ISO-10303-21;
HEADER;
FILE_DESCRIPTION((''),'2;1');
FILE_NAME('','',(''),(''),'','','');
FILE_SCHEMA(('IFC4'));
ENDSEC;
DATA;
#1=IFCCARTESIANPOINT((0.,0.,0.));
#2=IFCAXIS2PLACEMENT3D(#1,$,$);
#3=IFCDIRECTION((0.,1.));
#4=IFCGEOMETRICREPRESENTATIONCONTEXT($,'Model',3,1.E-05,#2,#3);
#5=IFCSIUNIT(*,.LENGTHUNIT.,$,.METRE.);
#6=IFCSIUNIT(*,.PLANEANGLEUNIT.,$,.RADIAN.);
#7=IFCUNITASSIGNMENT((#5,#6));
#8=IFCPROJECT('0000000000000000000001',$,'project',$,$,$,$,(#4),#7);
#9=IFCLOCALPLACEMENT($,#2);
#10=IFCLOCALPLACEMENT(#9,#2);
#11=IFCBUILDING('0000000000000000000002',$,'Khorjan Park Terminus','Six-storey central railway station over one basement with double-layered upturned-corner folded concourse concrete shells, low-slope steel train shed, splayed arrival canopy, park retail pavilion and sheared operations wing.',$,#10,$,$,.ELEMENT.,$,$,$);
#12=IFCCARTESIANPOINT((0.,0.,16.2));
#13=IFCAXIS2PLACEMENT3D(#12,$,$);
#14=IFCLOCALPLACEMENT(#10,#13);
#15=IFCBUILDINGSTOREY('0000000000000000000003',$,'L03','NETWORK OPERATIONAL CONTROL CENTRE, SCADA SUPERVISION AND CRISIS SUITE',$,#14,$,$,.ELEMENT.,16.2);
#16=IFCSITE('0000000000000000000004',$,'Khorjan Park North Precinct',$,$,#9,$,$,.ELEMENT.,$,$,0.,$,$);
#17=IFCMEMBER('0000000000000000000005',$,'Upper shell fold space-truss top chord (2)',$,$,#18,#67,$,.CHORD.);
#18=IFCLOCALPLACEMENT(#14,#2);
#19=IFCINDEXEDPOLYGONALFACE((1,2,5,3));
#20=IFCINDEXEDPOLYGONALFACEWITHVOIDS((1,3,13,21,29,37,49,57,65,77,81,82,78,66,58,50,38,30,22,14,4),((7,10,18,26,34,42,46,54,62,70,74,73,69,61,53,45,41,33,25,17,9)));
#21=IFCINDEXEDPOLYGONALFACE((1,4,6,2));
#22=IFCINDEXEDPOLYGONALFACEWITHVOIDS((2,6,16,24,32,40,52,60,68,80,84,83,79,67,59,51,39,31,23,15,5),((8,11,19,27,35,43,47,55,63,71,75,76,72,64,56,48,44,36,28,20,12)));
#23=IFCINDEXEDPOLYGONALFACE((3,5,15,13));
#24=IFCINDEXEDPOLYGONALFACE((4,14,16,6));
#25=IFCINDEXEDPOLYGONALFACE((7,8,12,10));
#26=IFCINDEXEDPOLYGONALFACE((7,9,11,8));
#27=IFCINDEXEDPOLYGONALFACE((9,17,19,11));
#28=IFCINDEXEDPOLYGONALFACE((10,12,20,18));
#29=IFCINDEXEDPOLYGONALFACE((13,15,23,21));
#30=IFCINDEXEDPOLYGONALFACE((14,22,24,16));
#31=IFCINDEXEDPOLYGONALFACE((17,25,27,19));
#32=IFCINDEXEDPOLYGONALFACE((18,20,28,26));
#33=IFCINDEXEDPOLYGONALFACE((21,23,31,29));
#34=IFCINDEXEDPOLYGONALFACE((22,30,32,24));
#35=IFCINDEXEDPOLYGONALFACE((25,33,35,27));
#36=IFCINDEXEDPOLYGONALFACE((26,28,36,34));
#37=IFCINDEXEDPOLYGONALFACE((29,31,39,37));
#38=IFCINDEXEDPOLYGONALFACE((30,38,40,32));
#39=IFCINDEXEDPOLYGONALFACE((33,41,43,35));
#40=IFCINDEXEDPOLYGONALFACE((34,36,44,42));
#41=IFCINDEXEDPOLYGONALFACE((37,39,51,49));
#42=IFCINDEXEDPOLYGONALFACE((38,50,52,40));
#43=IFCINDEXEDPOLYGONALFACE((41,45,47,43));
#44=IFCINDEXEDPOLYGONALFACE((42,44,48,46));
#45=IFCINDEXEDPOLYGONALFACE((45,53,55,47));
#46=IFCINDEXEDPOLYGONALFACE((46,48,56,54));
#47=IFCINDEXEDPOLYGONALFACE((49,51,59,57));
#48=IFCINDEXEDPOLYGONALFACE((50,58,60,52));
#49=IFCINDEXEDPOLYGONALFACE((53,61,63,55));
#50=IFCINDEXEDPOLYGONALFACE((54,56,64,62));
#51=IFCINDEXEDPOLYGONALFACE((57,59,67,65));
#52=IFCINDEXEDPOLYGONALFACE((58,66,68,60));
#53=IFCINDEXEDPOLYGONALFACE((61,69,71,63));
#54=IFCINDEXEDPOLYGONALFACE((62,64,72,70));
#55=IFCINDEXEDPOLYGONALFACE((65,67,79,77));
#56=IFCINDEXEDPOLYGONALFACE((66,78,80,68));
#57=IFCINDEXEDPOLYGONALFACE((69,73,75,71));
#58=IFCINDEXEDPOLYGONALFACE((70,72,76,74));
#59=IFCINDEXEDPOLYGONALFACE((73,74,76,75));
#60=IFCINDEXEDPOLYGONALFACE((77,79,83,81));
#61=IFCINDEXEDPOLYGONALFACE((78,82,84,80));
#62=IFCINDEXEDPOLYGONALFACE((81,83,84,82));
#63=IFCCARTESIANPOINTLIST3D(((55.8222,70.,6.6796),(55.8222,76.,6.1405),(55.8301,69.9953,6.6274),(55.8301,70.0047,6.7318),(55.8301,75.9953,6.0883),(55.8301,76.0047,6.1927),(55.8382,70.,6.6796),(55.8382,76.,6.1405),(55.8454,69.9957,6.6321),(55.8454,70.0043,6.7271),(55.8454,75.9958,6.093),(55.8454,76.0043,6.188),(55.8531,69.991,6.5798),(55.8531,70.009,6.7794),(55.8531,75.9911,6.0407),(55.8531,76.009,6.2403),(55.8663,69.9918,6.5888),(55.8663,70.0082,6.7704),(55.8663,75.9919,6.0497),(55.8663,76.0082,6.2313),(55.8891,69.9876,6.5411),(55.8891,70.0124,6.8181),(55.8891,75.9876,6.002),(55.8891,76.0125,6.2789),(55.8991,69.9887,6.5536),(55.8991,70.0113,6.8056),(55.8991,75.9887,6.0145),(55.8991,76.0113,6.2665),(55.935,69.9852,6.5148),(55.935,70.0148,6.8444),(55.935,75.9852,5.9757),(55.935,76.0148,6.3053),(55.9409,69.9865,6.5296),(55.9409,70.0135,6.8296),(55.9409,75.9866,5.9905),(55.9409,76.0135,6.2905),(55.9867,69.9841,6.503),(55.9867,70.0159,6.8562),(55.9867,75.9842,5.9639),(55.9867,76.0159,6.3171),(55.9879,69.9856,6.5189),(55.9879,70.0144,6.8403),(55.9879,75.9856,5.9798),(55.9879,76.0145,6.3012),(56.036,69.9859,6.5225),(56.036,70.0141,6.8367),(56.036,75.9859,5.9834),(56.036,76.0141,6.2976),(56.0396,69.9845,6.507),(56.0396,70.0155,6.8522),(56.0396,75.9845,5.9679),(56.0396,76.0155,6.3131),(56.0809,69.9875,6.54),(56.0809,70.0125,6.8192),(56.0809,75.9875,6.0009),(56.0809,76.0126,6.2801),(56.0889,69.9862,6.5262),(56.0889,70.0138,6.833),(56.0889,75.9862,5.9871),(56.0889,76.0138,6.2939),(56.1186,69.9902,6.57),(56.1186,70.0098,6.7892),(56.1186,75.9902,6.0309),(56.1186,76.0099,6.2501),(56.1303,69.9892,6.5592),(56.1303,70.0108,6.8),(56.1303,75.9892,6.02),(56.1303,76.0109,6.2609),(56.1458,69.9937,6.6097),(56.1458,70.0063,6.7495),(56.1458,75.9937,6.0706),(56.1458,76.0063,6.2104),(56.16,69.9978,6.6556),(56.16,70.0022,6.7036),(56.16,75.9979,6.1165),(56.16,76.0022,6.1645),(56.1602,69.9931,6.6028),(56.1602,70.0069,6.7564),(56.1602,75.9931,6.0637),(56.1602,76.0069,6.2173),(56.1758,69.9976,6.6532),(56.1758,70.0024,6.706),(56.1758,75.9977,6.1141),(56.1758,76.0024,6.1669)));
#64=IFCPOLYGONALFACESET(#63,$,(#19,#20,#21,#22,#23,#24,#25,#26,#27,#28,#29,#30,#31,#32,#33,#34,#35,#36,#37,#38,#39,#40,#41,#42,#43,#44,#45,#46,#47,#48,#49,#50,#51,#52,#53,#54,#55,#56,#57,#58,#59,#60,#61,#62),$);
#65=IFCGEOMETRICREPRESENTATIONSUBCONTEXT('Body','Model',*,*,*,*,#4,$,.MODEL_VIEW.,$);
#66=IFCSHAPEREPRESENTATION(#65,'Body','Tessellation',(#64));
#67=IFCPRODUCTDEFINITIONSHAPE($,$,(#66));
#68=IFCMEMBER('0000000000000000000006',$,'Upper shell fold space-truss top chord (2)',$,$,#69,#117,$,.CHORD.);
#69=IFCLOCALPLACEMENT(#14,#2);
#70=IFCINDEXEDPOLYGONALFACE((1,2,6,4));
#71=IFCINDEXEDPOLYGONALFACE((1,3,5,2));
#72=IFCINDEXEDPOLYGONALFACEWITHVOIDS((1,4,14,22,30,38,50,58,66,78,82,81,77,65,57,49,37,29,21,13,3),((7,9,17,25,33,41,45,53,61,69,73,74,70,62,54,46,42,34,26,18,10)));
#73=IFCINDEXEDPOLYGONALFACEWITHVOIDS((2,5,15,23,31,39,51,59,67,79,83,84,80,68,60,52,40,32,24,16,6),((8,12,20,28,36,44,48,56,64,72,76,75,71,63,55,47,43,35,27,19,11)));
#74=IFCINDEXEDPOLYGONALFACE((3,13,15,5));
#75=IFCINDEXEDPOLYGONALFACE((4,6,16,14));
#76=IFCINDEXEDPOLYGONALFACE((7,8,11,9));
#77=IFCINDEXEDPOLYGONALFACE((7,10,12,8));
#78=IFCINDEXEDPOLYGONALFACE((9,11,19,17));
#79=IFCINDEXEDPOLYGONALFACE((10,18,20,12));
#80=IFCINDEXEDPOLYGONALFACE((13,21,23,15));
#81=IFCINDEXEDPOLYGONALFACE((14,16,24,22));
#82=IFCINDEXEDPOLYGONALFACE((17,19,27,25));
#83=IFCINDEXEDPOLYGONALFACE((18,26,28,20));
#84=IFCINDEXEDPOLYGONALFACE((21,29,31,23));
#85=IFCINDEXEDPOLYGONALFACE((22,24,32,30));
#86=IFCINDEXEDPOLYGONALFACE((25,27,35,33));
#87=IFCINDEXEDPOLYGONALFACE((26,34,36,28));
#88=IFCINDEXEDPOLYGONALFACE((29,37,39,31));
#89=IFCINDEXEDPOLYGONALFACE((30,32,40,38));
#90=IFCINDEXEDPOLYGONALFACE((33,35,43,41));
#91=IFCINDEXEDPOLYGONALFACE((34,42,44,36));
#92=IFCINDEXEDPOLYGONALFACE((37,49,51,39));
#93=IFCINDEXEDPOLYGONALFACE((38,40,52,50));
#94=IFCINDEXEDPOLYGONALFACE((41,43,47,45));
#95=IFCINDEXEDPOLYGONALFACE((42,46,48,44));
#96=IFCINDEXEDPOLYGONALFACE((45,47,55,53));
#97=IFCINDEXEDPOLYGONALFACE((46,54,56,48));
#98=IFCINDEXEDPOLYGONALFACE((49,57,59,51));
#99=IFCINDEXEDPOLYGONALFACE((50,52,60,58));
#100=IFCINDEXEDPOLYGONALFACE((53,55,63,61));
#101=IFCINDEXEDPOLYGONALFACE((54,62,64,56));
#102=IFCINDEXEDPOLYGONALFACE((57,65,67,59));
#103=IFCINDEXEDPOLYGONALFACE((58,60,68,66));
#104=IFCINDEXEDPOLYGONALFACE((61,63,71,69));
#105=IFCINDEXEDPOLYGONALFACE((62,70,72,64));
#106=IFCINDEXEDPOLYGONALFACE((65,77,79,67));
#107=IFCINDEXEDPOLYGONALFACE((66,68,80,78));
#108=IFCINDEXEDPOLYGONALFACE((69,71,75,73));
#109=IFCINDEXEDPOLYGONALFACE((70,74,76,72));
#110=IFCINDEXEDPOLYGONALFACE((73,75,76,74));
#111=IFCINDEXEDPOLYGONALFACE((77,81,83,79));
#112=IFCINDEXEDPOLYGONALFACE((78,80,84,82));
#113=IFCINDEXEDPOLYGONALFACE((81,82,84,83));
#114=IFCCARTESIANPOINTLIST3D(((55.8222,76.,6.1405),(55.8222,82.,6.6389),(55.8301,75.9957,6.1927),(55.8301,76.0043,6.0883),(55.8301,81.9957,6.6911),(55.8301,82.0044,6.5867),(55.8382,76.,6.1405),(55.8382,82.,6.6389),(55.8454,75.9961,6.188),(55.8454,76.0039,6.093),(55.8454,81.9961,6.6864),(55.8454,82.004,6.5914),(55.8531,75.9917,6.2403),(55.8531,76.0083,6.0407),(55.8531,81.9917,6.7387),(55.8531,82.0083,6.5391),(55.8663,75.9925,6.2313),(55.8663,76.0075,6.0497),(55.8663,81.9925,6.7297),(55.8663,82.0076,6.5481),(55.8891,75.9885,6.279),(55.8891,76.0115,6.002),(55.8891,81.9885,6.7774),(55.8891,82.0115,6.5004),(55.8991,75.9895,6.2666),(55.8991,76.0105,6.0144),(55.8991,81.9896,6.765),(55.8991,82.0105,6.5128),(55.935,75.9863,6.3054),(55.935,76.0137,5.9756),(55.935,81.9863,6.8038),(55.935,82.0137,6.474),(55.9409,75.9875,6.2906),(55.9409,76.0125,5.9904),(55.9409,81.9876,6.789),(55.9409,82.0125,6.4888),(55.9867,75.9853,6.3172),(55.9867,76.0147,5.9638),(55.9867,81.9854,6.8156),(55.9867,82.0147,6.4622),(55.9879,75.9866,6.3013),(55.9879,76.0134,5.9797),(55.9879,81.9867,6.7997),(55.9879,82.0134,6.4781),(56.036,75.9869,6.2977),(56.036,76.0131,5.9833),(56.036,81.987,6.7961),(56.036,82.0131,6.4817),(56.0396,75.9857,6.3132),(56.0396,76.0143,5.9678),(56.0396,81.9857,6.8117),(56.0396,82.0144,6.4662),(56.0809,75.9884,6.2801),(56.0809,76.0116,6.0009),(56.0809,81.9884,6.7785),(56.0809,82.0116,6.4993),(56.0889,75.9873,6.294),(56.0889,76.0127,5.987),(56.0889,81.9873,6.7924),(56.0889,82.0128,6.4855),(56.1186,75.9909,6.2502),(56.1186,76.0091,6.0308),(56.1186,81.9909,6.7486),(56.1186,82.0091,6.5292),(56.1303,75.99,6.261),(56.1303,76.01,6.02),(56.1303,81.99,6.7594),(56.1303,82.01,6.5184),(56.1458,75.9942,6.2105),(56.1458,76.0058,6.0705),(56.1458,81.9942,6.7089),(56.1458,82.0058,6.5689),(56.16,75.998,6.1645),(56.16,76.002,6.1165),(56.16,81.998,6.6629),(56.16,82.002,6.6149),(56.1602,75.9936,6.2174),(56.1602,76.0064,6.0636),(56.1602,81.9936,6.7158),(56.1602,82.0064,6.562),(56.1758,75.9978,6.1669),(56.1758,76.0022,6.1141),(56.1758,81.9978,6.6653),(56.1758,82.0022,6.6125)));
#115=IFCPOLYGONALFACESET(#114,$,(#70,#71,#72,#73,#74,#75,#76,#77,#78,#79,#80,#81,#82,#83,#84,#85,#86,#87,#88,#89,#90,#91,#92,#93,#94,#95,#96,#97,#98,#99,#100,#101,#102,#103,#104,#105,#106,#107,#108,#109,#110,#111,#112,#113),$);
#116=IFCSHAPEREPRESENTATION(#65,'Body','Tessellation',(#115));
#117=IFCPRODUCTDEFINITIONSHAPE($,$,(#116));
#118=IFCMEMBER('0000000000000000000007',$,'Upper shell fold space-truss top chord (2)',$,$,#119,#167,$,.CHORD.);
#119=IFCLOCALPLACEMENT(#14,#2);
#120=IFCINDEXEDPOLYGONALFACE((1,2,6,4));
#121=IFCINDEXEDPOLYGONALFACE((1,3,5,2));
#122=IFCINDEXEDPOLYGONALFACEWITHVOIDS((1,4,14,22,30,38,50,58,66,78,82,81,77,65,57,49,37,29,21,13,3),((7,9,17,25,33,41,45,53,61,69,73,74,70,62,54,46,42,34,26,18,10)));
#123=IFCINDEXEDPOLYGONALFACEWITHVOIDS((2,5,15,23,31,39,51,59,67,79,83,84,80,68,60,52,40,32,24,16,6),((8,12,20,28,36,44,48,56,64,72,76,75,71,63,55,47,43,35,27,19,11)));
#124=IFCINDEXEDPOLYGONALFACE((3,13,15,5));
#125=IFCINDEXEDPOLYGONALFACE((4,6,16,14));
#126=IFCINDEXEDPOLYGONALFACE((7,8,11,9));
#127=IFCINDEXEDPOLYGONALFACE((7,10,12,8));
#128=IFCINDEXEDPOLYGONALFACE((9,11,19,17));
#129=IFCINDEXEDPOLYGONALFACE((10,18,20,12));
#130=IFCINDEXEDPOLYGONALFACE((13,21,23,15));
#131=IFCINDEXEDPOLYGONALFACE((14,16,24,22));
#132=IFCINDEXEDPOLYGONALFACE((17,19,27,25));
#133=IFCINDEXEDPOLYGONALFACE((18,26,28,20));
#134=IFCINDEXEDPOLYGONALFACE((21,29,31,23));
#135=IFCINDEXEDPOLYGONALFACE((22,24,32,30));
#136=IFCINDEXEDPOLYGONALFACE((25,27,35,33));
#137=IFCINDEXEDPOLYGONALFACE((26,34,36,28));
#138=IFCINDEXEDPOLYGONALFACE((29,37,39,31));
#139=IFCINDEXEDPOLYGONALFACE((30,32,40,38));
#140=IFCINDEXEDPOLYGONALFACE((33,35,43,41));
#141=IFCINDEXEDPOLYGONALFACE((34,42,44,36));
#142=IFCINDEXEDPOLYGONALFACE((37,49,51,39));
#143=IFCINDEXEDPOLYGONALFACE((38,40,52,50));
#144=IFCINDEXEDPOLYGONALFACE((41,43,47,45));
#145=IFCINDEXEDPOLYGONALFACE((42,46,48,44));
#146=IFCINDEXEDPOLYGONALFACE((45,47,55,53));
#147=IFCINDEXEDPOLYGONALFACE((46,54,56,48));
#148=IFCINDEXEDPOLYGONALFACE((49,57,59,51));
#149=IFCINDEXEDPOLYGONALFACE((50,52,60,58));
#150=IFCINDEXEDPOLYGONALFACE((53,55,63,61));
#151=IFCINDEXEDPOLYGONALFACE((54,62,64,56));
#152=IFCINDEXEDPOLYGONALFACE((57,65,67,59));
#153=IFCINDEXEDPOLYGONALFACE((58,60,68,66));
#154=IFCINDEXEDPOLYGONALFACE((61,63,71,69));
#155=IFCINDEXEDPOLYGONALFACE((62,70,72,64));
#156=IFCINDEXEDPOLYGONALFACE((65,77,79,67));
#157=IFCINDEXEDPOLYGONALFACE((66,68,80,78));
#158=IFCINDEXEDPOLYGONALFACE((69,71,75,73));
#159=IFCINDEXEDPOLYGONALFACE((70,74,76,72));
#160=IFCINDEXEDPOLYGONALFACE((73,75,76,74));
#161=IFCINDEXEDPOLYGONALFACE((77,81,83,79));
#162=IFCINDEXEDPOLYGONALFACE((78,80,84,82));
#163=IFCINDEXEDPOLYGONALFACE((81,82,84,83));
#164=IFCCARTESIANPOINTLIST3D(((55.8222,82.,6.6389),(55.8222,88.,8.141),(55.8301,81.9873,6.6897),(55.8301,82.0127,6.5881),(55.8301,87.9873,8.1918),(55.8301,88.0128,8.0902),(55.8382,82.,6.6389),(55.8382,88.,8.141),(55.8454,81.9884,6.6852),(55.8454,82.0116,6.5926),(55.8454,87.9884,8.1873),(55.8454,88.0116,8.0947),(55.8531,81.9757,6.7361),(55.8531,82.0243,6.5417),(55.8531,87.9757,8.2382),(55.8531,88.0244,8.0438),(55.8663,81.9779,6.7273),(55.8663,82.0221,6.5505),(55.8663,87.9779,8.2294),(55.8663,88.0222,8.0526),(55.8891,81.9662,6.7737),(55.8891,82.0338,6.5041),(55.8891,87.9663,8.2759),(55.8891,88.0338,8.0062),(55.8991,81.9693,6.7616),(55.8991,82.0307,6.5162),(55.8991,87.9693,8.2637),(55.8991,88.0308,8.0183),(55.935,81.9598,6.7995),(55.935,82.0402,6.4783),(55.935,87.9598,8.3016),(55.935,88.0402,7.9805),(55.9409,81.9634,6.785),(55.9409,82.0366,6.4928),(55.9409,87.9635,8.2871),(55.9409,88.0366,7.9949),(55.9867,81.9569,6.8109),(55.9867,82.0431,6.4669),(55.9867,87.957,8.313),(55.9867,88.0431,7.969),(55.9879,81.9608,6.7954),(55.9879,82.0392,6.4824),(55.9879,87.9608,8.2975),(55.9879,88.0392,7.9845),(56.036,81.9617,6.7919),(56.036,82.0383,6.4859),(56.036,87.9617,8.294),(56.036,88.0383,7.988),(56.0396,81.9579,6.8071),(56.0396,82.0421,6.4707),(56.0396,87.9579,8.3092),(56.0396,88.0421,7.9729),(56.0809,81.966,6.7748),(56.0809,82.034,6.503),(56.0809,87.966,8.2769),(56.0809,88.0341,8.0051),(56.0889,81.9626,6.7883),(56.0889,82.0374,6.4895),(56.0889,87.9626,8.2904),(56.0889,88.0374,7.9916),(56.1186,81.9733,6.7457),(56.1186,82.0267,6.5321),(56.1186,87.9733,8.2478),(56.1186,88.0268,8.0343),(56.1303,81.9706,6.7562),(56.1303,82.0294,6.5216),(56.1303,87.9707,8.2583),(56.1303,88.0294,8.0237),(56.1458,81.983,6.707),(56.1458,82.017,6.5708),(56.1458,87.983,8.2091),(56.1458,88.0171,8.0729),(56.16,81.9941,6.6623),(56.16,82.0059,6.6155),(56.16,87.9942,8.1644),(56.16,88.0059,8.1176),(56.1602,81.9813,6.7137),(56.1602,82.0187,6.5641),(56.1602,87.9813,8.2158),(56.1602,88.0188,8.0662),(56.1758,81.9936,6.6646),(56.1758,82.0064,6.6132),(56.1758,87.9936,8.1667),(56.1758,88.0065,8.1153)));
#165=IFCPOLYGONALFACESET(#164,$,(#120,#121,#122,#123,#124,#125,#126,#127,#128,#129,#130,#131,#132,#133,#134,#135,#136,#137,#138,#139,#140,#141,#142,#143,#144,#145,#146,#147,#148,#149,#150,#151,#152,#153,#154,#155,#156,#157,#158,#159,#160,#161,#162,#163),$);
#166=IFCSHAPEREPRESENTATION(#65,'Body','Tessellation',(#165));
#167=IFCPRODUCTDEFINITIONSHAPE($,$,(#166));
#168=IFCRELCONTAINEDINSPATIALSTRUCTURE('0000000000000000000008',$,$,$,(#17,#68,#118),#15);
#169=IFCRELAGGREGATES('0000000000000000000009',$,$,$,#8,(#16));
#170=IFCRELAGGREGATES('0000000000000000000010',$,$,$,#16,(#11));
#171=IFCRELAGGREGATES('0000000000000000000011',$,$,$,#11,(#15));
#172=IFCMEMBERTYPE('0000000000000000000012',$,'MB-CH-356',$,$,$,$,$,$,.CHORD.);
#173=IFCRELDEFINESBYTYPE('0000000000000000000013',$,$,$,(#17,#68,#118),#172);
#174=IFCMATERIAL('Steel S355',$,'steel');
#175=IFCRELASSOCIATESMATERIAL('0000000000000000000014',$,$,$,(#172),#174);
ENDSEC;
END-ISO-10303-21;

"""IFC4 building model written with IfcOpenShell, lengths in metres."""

from ifc_helpers import new_model, si_unit, direction, frame, origin, origin_2d, place, context, subcontext, project, spatial, hollow_circle, extrude, material, material_profile, profile_set, type_object, element, save


model = new_model("IFC4")

# Units and contexts
model_context = context("Model", 3, precision=1e-05, world=origin(), true_north=direction((0.0, 1.0)))
body_context = subcontext(model_context, "Body", "Model", "MODEL_VIEW")
ifc_project = project(units=[si_unit("LENGTHUNIT", "METRE"), si_unit("PLANEANGLEUNIT", "RADIAN")], contexts=[model_context])

# Site, building, storey
site_placement = place(None, origin())
site = spatial("IfcSite", under=ifc_project, at=site_placement, Name="Khorjan Park North Precinct", CompositionType="ELEMENT", RefElevation=0.0)
building_placement = place(site_placement, origin())
building = spatial("IfcBuilding", under=site, at=building_placement, Name="Khorjan Park Terminus", Description="Six-storey central railway station over one basement with double-layered upturned-corner folded concourse concrete shells, low-slope steel train shed, splayed arrival canopy, park retail pavilion and sheared operations wing.", CompositionType="ELEMENT")
storey_placement = place(building_placement, frame((0.0, 0.0, 16.2)))
storey = spatial("IfcBuildingStorey", under=building, at=storey_placement, Name="L03", Description="NETWORK OPERATIONAL CONTROL CENTRE, SCADA SUPERVISION AND CRISIS SUITE", CompositionType="ELEMENT", Elevation=16.2)

# Members
ifc_material = material(Name="Steel S355", Category="steel")
ifc_material_profile_1 = material_profile(ifc_material, hollow_circle(Radius=0.1778, WallThickness=0.016, at=origin_2d()), Name="CHS 355.6x16")
ifc_profile_set_1 = profile_set([ifc_material_profile_1], Name="Steel S355")
member_type_1 = type_object("IfcMemberType", Name="MB-CH-356", PredefinedType="CHORD", material=ifc_profile_set_1)
member_1_placement = place(storey_placement, frame((56.0, 70.0, 6.6796), z_axis=(0.0, 0.995988, -0.08949), x_axis=(-1.0, 0.0, 0.0)))
element("IfcMember", 1, at=member_1_placement, inside=storey, type_object=member_type_1, Name="Upper shell fold space-truss top chord (2)", PredefinedType="CHORD", context=body_context, shape_type="SweptSolid", body=[
    extrude(hollow_circle(Radius=0.1778, WallThickness=0.016, at=origin_2d()), origin(), (0.0, 0.0, 1.0), 6.0242),
])
member_2_placement = place(storey_placement, frame((56.0, 76.0, 6.1405), z_axis=(0.0, 0.996568, 0.082782), x_axis=(-1.0, 0.0, 0.0)))
element("IfcMember", 2, at=member_2_placement, inside=storey, type_object=member_type_1, Name="Upper shell fold space-truss top chord (2)", PredefinedType="CHORD", context=body_context, shape_type="SweptSolid", body=[
    extrude(hollow_circle(Radius=0.1778, WallThickness=0.016, at=origin_2d()), origin(), (0.0, 0.0, 1.0), 6.0207),
])
member_3_placement = place(storey_placement, frame((56.0, 82.0, 6.6389), z_axis=(0.0, 0.970063, 0.242855), x_axis=(-1.0, 0.0, 0.0)))
element("IfcMember", 3, at=member_3_placement, inside=storey, type_object=member_type_1, Name="Upper shell fold space-truss top chord (2)", PredefinedType="CHORD", context=body_context, shape_type="SweptSolid", body=[
    extrude(hollow_circle(Radius=0.1778, WallThickness=0.016, at=origin_2d()), origin(), (0.0, 0.0, 1.0), 6.1852),
])

save(model, "model.ifc")
